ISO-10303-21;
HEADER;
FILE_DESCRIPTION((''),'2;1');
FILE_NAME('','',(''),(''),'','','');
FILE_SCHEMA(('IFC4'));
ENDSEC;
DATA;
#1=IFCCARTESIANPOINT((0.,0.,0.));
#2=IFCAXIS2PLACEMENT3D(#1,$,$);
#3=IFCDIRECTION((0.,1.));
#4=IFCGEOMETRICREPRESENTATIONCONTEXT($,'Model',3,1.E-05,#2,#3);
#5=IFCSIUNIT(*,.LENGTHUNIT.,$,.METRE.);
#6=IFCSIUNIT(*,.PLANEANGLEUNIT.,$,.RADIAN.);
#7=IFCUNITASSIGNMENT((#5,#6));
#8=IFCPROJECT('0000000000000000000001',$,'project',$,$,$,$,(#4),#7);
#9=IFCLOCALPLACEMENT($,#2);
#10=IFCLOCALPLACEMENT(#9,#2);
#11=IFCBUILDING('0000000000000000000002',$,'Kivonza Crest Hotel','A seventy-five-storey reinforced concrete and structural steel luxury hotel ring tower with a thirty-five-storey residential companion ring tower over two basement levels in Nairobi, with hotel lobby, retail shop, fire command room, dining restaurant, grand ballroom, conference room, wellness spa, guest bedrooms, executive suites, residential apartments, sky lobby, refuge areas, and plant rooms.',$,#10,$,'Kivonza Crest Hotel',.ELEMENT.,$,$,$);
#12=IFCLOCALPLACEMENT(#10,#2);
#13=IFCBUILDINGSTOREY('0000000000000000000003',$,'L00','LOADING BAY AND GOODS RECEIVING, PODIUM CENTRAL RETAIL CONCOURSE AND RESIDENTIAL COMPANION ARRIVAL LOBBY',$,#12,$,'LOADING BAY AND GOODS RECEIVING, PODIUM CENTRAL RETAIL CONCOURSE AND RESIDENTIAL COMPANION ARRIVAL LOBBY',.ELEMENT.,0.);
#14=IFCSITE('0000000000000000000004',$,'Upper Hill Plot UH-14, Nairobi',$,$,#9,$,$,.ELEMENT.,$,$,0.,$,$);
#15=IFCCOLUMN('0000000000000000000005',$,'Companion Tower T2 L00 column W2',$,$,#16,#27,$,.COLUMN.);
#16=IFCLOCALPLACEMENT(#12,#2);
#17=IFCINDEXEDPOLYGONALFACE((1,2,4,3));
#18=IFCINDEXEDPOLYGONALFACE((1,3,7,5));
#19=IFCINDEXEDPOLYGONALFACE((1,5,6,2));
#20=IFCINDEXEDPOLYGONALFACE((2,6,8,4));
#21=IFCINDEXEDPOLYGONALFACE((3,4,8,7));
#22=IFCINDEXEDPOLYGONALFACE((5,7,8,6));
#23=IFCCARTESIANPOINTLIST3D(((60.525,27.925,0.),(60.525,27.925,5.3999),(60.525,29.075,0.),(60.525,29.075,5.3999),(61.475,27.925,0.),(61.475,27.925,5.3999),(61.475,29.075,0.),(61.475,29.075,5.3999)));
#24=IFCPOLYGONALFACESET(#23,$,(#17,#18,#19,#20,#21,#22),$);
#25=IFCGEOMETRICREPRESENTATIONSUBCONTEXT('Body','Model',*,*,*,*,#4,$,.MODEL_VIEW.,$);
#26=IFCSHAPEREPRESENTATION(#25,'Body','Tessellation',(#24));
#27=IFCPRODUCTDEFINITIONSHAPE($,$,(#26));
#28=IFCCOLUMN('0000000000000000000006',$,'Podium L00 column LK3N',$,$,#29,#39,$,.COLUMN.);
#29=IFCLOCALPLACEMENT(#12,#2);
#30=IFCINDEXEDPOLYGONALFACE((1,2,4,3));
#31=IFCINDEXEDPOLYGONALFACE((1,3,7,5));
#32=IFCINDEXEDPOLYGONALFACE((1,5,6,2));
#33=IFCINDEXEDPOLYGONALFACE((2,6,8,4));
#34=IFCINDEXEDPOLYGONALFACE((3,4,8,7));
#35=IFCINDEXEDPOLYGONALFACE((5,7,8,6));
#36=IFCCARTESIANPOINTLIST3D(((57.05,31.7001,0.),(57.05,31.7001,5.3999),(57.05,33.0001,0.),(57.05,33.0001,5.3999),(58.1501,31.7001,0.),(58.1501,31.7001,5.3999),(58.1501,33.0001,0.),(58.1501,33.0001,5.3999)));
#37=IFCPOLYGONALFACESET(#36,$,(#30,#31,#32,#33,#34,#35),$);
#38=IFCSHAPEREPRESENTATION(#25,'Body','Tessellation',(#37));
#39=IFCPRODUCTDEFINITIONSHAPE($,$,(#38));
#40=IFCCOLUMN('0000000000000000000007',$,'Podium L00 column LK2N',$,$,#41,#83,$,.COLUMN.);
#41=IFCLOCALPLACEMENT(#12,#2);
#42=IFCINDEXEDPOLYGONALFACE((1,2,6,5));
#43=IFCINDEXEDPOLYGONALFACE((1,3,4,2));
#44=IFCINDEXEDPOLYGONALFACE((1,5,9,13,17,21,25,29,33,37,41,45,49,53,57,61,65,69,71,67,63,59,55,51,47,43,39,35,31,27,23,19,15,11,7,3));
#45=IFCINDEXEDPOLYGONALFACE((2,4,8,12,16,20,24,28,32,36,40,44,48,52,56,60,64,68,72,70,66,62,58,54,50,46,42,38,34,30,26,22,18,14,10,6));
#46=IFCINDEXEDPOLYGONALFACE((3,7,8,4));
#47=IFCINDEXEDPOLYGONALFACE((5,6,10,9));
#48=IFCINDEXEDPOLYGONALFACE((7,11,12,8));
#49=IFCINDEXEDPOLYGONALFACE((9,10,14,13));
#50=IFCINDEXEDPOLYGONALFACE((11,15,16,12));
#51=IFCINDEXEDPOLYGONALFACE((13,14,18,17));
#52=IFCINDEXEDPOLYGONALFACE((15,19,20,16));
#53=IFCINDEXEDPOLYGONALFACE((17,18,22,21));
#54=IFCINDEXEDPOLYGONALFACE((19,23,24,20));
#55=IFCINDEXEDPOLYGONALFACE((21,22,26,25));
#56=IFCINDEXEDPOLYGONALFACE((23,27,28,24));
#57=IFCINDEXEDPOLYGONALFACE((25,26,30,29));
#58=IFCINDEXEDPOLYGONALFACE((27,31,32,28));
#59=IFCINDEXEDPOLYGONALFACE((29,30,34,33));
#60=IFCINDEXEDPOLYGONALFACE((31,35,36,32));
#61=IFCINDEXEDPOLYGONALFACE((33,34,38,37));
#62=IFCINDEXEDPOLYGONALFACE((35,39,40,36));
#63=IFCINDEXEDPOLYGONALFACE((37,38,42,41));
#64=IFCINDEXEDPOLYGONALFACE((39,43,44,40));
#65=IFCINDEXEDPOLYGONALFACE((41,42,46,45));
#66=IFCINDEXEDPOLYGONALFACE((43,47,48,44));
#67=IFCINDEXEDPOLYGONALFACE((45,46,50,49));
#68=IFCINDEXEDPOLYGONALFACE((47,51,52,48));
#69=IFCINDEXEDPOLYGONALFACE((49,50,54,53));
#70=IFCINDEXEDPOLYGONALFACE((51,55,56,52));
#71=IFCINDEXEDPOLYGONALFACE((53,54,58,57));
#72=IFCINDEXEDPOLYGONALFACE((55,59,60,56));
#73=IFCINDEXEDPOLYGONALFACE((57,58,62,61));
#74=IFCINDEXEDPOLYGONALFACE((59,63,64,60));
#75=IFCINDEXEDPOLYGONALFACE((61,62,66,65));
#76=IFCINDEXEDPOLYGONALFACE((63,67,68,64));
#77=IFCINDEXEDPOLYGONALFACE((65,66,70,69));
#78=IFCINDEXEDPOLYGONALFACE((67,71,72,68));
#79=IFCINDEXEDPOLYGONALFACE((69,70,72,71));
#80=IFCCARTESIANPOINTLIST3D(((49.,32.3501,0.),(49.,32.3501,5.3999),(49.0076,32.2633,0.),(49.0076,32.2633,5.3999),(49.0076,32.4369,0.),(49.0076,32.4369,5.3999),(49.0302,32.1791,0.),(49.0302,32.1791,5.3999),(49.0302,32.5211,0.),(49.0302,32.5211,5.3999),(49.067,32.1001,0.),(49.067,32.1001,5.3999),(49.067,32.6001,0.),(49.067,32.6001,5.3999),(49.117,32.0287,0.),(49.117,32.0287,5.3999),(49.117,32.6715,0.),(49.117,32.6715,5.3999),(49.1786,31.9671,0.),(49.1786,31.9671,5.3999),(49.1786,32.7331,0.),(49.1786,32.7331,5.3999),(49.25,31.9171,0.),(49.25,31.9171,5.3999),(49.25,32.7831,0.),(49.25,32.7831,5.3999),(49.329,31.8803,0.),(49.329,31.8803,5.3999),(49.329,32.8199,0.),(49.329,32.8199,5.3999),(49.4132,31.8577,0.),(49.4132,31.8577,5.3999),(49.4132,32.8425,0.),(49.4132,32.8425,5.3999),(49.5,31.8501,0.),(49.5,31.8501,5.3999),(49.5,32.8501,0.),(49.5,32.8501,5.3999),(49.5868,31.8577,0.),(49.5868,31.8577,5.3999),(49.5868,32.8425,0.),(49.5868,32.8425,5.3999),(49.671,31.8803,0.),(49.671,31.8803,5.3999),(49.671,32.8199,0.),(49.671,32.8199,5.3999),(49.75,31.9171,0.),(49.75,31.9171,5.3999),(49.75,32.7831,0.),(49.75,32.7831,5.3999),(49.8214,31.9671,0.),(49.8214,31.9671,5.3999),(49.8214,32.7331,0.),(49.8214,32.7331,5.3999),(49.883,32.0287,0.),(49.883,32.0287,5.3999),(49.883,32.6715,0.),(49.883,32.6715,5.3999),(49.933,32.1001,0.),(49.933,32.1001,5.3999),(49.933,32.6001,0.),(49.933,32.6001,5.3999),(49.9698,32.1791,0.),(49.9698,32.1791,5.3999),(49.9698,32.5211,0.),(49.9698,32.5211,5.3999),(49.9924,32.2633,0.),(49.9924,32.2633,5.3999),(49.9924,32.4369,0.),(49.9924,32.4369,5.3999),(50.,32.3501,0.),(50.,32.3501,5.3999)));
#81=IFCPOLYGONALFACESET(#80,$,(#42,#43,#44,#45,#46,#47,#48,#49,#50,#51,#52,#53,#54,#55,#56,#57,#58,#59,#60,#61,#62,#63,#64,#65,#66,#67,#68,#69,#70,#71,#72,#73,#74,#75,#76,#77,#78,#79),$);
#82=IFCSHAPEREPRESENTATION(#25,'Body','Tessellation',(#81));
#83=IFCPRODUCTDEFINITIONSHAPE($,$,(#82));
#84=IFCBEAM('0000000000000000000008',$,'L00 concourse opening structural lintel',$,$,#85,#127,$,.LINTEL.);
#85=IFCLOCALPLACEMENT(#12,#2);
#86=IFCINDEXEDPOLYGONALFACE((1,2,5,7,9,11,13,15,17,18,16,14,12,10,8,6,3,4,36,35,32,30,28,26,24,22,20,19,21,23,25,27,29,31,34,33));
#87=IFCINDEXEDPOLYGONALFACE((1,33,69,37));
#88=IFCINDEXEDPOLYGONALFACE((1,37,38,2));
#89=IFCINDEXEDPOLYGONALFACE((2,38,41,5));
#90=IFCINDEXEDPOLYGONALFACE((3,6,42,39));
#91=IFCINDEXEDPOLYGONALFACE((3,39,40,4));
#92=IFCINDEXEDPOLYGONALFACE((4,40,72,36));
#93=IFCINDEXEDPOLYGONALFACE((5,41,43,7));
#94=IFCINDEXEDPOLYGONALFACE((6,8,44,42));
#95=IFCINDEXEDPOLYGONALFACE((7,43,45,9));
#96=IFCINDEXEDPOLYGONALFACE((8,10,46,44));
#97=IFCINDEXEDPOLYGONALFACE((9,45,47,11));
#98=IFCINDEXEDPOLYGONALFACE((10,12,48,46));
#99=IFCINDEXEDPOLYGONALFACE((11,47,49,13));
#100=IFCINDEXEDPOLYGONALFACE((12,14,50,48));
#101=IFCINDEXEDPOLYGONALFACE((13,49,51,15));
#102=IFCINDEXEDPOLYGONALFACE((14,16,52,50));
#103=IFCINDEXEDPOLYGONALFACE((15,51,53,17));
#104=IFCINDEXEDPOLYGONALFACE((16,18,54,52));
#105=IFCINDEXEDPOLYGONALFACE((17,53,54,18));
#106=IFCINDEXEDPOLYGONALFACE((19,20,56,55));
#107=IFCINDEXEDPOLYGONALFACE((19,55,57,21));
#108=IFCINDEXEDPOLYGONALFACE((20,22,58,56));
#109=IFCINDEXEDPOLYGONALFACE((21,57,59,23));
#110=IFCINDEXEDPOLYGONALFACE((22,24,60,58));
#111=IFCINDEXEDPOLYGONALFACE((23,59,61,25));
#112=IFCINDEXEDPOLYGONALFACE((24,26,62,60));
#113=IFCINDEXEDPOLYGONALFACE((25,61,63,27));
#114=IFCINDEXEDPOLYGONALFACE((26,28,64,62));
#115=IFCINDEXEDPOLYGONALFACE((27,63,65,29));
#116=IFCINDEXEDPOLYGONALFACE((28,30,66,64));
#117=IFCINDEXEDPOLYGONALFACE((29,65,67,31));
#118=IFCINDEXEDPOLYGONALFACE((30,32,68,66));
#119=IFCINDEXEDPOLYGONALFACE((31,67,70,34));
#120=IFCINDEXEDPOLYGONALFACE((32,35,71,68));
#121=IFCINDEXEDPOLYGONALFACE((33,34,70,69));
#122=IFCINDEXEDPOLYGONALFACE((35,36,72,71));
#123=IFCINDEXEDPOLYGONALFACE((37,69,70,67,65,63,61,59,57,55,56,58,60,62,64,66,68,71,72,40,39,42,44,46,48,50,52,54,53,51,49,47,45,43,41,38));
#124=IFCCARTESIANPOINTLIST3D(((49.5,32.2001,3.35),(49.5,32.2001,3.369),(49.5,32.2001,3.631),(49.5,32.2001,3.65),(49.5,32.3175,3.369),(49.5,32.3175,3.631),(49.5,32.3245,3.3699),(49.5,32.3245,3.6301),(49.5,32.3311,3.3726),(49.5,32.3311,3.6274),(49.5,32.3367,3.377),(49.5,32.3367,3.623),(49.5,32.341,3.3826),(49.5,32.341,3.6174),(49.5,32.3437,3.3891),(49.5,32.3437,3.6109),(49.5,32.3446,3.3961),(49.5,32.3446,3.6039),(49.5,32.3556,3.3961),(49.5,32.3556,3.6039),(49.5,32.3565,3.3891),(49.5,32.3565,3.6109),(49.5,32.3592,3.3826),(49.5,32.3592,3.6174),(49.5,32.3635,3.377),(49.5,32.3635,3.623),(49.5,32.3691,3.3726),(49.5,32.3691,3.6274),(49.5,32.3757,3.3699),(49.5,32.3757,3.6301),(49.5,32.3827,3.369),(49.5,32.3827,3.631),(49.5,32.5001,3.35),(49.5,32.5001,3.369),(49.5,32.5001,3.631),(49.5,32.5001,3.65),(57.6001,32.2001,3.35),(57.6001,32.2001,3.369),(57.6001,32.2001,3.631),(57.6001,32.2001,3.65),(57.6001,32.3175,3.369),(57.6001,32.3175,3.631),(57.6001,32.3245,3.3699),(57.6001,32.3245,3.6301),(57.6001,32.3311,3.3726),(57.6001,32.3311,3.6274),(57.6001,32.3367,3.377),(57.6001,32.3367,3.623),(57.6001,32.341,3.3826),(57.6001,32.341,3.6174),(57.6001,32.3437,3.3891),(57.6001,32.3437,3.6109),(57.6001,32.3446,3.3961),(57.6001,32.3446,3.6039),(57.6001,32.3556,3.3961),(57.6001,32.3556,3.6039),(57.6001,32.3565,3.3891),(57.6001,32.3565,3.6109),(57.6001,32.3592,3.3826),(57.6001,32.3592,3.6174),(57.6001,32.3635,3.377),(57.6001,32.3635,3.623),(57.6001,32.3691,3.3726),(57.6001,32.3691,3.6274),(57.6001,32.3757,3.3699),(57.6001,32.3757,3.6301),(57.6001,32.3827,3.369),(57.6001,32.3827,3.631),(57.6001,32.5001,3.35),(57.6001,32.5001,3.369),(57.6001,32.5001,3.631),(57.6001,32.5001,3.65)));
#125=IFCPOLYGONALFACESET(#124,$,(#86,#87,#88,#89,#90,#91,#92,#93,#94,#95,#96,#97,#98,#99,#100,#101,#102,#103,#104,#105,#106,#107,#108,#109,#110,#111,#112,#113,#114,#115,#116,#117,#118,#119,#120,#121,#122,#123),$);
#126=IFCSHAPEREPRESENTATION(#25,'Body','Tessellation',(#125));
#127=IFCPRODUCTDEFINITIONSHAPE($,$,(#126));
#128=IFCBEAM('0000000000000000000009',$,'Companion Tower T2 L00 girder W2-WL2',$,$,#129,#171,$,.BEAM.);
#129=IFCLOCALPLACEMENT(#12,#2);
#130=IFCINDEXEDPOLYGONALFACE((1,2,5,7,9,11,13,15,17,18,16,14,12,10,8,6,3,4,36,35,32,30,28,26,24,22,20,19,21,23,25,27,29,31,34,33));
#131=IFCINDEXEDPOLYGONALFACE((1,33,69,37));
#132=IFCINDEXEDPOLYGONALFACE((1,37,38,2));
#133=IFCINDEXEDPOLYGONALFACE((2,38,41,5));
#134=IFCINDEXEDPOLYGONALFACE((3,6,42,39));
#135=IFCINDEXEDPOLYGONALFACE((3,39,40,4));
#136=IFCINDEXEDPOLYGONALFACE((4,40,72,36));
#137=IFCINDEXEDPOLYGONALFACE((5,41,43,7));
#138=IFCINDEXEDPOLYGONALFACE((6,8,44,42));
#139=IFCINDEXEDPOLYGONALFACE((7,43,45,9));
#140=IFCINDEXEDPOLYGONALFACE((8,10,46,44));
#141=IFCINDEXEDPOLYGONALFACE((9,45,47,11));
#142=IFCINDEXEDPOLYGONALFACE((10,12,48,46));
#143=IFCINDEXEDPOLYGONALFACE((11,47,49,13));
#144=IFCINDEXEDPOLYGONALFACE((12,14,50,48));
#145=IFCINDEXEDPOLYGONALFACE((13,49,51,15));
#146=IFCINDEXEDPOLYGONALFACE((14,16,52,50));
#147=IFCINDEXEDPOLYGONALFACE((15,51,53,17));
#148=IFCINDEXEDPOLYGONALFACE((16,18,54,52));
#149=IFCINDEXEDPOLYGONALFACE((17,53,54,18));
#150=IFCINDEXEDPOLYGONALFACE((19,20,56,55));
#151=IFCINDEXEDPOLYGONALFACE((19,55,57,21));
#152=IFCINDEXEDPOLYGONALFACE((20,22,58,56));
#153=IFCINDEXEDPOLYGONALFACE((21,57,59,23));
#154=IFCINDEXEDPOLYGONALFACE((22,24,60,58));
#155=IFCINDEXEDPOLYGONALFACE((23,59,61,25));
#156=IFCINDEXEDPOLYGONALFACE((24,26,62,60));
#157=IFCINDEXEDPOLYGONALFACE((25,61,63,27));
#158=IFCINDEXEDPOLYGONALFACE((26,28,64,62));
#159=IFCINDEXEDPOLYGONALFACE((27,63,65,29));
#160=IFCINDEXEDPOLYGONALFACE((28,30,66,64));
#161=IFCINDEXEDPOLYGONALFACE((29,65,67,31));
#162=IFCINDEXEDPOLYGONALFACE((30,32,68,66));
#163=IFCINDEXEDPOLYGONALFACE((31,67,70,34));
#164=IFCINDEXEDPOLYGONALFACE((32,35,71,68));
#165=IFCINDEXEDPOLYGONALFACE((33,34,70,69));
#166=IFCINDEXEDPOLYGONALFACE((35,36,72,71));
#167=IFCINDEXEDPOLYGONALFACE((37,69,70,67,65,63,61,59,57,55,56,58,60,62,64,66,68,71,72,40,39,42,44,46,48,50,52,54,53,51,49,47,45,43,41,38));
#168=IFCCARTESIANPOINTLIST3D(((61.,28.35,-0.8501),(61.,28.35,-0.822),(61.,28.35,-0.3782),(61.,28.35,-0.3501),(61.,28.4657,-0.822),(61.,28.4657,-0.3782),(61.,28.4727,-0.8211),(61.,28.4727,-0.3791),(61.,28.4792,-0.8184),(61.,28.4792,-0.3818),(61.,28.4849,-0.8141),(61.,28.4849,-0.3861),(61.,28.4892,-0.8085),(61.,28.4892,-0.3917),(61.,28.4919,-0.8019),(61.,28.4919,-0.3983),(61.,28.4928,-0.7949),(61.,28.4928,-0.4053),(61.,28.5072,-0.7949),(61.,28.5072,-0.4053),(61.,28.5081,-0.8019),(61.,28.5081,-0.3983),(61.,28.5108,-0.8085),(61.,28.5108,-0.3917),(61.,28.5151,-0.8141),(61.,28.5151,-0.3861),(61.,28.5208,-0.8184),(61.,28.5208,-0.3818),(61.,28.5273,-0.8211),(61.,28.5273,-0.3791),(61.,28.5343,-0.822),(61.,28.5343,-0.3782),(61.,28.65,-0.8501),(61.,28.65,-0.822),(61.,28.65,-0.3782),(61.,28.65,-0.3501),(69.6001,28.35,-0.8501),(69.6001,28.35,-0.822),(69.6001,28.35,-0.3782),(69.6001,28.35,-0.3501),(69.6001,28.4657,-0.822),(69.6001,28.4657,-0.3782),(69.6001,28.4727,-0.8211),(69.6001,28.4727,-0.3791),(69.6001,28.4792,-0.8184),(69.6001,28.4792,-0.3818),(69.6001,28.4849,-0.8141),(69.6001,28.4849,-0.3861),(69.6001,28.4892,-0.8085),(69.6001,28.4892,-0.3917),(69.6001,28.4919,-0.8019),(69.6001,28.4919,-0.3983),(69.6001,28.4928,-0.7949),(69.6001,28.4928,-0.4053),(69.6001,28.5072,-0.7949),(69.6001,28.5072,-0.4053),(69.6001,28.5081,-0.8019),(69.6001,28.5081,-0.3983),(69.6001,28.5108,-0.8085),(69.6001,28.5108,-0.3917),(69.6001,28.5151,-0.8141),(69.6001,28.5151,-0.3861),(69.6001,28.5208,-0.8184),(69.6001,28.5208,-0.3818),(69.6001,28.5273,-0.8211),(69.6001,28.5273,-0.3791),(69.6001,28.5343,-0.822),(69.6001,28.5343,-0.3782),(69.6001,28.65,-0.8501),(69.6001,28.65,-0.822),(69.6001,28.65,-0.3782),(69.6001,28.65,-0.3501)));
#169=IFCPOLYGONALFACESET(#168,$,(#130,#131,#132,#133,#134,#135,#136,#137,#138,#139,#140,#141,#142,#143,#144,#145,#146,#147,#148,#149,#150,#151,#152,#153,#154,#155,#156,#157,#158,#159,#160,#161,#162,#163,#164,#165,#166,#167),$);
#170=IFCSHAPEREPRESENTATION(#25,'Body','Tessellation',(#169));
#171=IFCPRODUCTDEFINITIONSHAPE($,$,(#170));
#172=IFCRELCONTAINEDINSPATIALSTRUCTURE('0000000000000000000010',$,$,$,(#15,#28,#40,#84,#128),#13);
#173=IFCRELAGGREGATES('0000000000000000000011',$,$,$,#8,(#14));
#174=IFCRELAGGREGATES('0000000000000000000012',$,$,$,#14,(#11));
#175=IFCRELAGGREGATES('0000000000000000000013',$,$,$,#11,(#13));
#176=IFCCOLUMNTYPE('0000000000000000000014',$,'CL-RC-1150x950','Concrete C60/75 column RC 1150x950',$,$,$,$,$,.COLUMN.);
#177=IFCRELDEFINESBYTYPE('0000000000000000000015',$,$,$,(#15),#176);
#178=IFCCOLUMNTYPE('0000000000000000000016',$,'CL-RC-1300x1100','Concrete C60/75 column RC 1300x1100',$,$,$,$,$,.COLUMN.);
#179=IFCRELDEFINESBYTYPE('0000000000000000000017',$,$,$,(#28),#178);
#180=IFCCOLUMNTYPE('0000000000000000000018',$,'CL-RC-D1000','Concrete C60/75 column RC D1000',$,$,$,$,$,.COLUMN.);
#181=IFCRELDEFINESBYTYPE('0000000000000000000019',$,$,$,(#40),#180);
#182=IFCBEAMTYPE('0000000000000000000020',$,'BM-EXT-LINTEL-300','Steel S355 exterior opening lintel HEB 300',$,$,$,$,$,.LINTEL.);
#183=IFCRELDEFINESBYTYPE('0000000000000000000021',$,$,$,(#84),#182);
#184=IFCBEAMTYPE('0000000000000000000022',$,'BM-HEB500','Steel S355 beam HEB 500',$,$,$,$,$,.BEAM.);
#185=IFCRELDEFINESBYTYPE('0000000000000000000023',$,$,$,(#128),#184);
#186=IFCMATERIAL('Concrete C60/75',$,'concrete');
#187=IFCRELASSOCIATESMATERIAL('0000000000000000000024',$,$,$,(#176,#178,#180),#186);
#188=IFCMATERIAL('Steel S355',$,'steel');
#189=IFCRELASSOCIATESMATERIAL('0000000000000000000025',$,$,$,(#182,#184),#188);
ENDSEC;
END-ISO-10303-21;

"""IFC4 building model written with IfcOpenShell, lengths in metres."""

from ifc_helpers import new_model, si_unit, direction, frame, origin, origin_2d, place, context, subcontext, project, spatial, rectangle, circle, i_section, extrude, material, material_profile, profile_set, type_object, element, save


model = new_model("IFC4")

# Units and contexts
model_context = context("Model", 3, precision=1e-05, world=origin(), true_north=direction((0.0, 1.0)))
body_context = subcontext(model_context, "Body", "Model", "MODEL_VIEW")
ifc_project = project(units=[si_unit("LENGTHUNIT", "METRE"), si_unit("PLANEANGLEUNIT", "RADIAN")], contexts=[model_context])

# Site, building, storey
site_placement = place(None, origin())
site = spatial("IfcSite", under=ifc_project, at=site_placement, Name="Upper Hill Plot UH-14, Nairobi", CompositionType="ELEMENT", RefElevation=0.0)
building_placement = place(site_placement, origin())
building = spatial("IfcBuilding", under=site, at=building_placement, Name="Kivonza Crest Hotel", Description="A seventy-five-storey reinforced concrete and structural steel luxury hotel ring tower with a thirty-five-storey residential companion ring tower over two basement levels in Nairobi, with hotel lobby, retail shop, fire command room, dining restaurant, grand ballroom, conference room, wellness spa, guest bedrooms, executive suites, residential apartments, sky lobby, refuge areas, and plant rooms.", LongName="Kivonza Crest Hotel", CompositionType="ELEMENT")
storey_placement = place(building_placement, origin())
storey = spatial("IfcBuildingStorey", under=building, at=storey_placement, Name="L00", Description="LOADING BAY AND GOODS RECEIVING, PODIUM CENTRAL RETAIL CONCOURSE AND RESIDENTIAL COMPANION ARRIVAL LOBBY", LongName="LOADING BAY AND GOODS RECEIVING, PODIUM CENTRAL RETAIL CONCOURSE AND RESIDENTIAL COMPANION ARRIVAL LOBBY", CompositionType="ELEMENT", Elevation=0.0)

# Columns
ifc_material_1 = material(Name="Concrete C60/75", Category="concrete")
ifc_material_profile_1 = material_profile(ifc_material_1, rectangle(XDim=0.95, YDim=1.1499, at=origin_2d()), Name="RC 1150x950")
ifc_profile_set_1 = profile_set([ifc_material_profile_1], Name="Concrete C60/75")
column_type_1 = type_object("IfcColumnType", Name="CL-RC-1150x950", Description="Concrete C60/75 column RC 1150x950", PredefinedType="COLUMN", material=ifc_profile_set_1)
column_1_placement = place(storey_placement, frame((61.0, 28.5, 0.0), z_axis=(0.0, 0.0, 1.0), x_axis=(1.0, 0.0, 0.0)))
element("IfcColumn", 1, at=column_1_placement, inside=storey, type_object=column_type_1, Name="Companion Tower T2 L00 column W2", PredefinedType="COLUMN", context=body_context, shape_type="SweptSolid", body=[
    extrude(rectangle(XDim=0.95, YDim=1.1499, at=origin_2d()), origin(), (0.0, 0.0, 1.0), 5.3999),
])
ifc_material_profile_2 = material_profile(ifc_material_1, rectangle(XDim=1.1001, YDim=1.3, at=origin_2d()), Name="RC 1300x1100")
ifc_profile_set_2 = profile_set([ifc_material_profile_2], Name="Concrete C60/75")
column_type_2 = type_object("IfcColumnType", Name="CL-RC-1300x1100", Description="Concrete C60/75 column RC 1300x1100", PredefinedType="COLUMN", material=ifc_profile_set_2)
column_2_placement = place(storey_placement, frame((57.6001, 32.3501, 0.0), z_axis=(0.0, 0.0, 1.0), x_axis=(1.0, 0.0, 0.0)))
element("IfcColumn", 2, at=column_2_placement, inside=storey, type_object=column_type_2, Name="Podium L00 column LK3N", PredefinedType="COLUMN", context=body_context, shape_type="SweptSolid", body=[
    extrude(rectangle(XDim=1.1001, YDim=1.3, at=origin_2d()), origin(), (0.0, 0.0, 1.0), 5.3999),
])
ifc_material_profile_3 = material_profile(ifc_material_1, circle(Radius=0.5, at=origin_2d()), Name="RC D1000")
ifc_profile_set_3 = profile_set([ifc_material_profile_3], Name="Concrete C60/75")
column_type_3 = type_object("IfcColumnType", Name="CL-RC-D1000", Description="Concrete C60/75 column RC D1000", PredefinedType="COLUMN", material=ifc_profile_set_3)
column_3_placement = place(storey_placement, frame((49.5, 32.3501, 0.0), z_axis=(0.0, 0.0, 1.0), x_axis=(1.0, 0.0, 0.0)))
element("IfcColumn", 3, at=column_3_placement, inside=storey, type_object=column_type_3, Name="Podium L00 column LK2N", PredefinedType="COLUMN", context=body_context, shape_type="SweptSolid", body=[
    extrude(circle(Radius=0.5, at=origin_2d()), origin(), (0.0, 0.0, 1.0), 5.3999),
])

# Beams
ifc_material_2 = material(Name="Steel S355", Category="steel")
ifc_material_profile_4 = material_profile(ifc_material_2, i_section(OverallWidth=0.3, OverallDepth=0.3, WebThickness=0.011, FlangeThickness=0.019, FilletRadius=0.0271, at=origin_2d()), Name="HEB 300")
ifc_profile_set_4 = profile_set([ifc_material_profile_4], Name="Steel S355")
beam_type_1 = type_object("IfcBeamType", Name="BM-EXT-LINTEL-300", Description="Steel S355 exterior opening lintel HEB 300", PredefinedType="LINTEL", material=ifc_profile_set_4)
beam_1_placement = place(storey_placement, frame((49.5, 32.3501, 3.5), z_axis=(1.0, 0.0, 0.0), x_axis=(0.0, 1.0, 0.0)))
element("IfcBeam", 4, at=beam_1_placement, inside=storey, type_object=beam_type_1, Name="L00 concourse opening structural lintel", PredefinedType="LINTEL", context=body_context, shape_type="SweptSolid", body=[
    extrude(i_section(OverallWidth=0.3, OverallDepth=0.3, WebThickness=0.011, FlangeThickness=0.019, FilletRadius=0.0271, at=origin_2d()), origin(), (0.0, 0.0, 1.0), 8.1001),
])
ifc_material_profile_5 = material_profile(ifc_material_2, i_section(OverallWidth=0.3, OverallDepth=0.5, WebThickness=0.0144, FlangeThickness=0.0281, FilletRadius=0.0271, at=origin_2d()), Name="HEB 500")
ifc_profile_set_5 = profile_set([ifc_material_profile_5], Name="Steel S355")
beam_type_2 = type_object("IfcBeamType", Name="BM-HEB500", Description="Steel S355 beam HEB 500", PredefinedType="BEAM", material=ifc_profile_set_5)
beam_2_placement = place(storey_placement, frame((61.0, 28.5, -0.6001), z_axis=(1.0, 0.0, 0.0), x_axis=(0.0, 1.0, 0.0)))
element("IfcBeam", 5, at=beam_2_placement, inside=storey, type_object=beam_type_2, Name="Companion Tower T2 L00 girder W2-WL2", PredefinedType="BEAM", context=body_context, shape_type="SweptSolid", body=[
    extrude(i_section(OverallWidth=0.3, OverallDepth=0.5, WebThickness=0.0144, FlangeThickness=0.0281, FilletRadius=0.0271, at=origin_2d()), origin(), (0.0, 0.0, 1.0), 8.6001),
])

save(model, "model.ifc")
